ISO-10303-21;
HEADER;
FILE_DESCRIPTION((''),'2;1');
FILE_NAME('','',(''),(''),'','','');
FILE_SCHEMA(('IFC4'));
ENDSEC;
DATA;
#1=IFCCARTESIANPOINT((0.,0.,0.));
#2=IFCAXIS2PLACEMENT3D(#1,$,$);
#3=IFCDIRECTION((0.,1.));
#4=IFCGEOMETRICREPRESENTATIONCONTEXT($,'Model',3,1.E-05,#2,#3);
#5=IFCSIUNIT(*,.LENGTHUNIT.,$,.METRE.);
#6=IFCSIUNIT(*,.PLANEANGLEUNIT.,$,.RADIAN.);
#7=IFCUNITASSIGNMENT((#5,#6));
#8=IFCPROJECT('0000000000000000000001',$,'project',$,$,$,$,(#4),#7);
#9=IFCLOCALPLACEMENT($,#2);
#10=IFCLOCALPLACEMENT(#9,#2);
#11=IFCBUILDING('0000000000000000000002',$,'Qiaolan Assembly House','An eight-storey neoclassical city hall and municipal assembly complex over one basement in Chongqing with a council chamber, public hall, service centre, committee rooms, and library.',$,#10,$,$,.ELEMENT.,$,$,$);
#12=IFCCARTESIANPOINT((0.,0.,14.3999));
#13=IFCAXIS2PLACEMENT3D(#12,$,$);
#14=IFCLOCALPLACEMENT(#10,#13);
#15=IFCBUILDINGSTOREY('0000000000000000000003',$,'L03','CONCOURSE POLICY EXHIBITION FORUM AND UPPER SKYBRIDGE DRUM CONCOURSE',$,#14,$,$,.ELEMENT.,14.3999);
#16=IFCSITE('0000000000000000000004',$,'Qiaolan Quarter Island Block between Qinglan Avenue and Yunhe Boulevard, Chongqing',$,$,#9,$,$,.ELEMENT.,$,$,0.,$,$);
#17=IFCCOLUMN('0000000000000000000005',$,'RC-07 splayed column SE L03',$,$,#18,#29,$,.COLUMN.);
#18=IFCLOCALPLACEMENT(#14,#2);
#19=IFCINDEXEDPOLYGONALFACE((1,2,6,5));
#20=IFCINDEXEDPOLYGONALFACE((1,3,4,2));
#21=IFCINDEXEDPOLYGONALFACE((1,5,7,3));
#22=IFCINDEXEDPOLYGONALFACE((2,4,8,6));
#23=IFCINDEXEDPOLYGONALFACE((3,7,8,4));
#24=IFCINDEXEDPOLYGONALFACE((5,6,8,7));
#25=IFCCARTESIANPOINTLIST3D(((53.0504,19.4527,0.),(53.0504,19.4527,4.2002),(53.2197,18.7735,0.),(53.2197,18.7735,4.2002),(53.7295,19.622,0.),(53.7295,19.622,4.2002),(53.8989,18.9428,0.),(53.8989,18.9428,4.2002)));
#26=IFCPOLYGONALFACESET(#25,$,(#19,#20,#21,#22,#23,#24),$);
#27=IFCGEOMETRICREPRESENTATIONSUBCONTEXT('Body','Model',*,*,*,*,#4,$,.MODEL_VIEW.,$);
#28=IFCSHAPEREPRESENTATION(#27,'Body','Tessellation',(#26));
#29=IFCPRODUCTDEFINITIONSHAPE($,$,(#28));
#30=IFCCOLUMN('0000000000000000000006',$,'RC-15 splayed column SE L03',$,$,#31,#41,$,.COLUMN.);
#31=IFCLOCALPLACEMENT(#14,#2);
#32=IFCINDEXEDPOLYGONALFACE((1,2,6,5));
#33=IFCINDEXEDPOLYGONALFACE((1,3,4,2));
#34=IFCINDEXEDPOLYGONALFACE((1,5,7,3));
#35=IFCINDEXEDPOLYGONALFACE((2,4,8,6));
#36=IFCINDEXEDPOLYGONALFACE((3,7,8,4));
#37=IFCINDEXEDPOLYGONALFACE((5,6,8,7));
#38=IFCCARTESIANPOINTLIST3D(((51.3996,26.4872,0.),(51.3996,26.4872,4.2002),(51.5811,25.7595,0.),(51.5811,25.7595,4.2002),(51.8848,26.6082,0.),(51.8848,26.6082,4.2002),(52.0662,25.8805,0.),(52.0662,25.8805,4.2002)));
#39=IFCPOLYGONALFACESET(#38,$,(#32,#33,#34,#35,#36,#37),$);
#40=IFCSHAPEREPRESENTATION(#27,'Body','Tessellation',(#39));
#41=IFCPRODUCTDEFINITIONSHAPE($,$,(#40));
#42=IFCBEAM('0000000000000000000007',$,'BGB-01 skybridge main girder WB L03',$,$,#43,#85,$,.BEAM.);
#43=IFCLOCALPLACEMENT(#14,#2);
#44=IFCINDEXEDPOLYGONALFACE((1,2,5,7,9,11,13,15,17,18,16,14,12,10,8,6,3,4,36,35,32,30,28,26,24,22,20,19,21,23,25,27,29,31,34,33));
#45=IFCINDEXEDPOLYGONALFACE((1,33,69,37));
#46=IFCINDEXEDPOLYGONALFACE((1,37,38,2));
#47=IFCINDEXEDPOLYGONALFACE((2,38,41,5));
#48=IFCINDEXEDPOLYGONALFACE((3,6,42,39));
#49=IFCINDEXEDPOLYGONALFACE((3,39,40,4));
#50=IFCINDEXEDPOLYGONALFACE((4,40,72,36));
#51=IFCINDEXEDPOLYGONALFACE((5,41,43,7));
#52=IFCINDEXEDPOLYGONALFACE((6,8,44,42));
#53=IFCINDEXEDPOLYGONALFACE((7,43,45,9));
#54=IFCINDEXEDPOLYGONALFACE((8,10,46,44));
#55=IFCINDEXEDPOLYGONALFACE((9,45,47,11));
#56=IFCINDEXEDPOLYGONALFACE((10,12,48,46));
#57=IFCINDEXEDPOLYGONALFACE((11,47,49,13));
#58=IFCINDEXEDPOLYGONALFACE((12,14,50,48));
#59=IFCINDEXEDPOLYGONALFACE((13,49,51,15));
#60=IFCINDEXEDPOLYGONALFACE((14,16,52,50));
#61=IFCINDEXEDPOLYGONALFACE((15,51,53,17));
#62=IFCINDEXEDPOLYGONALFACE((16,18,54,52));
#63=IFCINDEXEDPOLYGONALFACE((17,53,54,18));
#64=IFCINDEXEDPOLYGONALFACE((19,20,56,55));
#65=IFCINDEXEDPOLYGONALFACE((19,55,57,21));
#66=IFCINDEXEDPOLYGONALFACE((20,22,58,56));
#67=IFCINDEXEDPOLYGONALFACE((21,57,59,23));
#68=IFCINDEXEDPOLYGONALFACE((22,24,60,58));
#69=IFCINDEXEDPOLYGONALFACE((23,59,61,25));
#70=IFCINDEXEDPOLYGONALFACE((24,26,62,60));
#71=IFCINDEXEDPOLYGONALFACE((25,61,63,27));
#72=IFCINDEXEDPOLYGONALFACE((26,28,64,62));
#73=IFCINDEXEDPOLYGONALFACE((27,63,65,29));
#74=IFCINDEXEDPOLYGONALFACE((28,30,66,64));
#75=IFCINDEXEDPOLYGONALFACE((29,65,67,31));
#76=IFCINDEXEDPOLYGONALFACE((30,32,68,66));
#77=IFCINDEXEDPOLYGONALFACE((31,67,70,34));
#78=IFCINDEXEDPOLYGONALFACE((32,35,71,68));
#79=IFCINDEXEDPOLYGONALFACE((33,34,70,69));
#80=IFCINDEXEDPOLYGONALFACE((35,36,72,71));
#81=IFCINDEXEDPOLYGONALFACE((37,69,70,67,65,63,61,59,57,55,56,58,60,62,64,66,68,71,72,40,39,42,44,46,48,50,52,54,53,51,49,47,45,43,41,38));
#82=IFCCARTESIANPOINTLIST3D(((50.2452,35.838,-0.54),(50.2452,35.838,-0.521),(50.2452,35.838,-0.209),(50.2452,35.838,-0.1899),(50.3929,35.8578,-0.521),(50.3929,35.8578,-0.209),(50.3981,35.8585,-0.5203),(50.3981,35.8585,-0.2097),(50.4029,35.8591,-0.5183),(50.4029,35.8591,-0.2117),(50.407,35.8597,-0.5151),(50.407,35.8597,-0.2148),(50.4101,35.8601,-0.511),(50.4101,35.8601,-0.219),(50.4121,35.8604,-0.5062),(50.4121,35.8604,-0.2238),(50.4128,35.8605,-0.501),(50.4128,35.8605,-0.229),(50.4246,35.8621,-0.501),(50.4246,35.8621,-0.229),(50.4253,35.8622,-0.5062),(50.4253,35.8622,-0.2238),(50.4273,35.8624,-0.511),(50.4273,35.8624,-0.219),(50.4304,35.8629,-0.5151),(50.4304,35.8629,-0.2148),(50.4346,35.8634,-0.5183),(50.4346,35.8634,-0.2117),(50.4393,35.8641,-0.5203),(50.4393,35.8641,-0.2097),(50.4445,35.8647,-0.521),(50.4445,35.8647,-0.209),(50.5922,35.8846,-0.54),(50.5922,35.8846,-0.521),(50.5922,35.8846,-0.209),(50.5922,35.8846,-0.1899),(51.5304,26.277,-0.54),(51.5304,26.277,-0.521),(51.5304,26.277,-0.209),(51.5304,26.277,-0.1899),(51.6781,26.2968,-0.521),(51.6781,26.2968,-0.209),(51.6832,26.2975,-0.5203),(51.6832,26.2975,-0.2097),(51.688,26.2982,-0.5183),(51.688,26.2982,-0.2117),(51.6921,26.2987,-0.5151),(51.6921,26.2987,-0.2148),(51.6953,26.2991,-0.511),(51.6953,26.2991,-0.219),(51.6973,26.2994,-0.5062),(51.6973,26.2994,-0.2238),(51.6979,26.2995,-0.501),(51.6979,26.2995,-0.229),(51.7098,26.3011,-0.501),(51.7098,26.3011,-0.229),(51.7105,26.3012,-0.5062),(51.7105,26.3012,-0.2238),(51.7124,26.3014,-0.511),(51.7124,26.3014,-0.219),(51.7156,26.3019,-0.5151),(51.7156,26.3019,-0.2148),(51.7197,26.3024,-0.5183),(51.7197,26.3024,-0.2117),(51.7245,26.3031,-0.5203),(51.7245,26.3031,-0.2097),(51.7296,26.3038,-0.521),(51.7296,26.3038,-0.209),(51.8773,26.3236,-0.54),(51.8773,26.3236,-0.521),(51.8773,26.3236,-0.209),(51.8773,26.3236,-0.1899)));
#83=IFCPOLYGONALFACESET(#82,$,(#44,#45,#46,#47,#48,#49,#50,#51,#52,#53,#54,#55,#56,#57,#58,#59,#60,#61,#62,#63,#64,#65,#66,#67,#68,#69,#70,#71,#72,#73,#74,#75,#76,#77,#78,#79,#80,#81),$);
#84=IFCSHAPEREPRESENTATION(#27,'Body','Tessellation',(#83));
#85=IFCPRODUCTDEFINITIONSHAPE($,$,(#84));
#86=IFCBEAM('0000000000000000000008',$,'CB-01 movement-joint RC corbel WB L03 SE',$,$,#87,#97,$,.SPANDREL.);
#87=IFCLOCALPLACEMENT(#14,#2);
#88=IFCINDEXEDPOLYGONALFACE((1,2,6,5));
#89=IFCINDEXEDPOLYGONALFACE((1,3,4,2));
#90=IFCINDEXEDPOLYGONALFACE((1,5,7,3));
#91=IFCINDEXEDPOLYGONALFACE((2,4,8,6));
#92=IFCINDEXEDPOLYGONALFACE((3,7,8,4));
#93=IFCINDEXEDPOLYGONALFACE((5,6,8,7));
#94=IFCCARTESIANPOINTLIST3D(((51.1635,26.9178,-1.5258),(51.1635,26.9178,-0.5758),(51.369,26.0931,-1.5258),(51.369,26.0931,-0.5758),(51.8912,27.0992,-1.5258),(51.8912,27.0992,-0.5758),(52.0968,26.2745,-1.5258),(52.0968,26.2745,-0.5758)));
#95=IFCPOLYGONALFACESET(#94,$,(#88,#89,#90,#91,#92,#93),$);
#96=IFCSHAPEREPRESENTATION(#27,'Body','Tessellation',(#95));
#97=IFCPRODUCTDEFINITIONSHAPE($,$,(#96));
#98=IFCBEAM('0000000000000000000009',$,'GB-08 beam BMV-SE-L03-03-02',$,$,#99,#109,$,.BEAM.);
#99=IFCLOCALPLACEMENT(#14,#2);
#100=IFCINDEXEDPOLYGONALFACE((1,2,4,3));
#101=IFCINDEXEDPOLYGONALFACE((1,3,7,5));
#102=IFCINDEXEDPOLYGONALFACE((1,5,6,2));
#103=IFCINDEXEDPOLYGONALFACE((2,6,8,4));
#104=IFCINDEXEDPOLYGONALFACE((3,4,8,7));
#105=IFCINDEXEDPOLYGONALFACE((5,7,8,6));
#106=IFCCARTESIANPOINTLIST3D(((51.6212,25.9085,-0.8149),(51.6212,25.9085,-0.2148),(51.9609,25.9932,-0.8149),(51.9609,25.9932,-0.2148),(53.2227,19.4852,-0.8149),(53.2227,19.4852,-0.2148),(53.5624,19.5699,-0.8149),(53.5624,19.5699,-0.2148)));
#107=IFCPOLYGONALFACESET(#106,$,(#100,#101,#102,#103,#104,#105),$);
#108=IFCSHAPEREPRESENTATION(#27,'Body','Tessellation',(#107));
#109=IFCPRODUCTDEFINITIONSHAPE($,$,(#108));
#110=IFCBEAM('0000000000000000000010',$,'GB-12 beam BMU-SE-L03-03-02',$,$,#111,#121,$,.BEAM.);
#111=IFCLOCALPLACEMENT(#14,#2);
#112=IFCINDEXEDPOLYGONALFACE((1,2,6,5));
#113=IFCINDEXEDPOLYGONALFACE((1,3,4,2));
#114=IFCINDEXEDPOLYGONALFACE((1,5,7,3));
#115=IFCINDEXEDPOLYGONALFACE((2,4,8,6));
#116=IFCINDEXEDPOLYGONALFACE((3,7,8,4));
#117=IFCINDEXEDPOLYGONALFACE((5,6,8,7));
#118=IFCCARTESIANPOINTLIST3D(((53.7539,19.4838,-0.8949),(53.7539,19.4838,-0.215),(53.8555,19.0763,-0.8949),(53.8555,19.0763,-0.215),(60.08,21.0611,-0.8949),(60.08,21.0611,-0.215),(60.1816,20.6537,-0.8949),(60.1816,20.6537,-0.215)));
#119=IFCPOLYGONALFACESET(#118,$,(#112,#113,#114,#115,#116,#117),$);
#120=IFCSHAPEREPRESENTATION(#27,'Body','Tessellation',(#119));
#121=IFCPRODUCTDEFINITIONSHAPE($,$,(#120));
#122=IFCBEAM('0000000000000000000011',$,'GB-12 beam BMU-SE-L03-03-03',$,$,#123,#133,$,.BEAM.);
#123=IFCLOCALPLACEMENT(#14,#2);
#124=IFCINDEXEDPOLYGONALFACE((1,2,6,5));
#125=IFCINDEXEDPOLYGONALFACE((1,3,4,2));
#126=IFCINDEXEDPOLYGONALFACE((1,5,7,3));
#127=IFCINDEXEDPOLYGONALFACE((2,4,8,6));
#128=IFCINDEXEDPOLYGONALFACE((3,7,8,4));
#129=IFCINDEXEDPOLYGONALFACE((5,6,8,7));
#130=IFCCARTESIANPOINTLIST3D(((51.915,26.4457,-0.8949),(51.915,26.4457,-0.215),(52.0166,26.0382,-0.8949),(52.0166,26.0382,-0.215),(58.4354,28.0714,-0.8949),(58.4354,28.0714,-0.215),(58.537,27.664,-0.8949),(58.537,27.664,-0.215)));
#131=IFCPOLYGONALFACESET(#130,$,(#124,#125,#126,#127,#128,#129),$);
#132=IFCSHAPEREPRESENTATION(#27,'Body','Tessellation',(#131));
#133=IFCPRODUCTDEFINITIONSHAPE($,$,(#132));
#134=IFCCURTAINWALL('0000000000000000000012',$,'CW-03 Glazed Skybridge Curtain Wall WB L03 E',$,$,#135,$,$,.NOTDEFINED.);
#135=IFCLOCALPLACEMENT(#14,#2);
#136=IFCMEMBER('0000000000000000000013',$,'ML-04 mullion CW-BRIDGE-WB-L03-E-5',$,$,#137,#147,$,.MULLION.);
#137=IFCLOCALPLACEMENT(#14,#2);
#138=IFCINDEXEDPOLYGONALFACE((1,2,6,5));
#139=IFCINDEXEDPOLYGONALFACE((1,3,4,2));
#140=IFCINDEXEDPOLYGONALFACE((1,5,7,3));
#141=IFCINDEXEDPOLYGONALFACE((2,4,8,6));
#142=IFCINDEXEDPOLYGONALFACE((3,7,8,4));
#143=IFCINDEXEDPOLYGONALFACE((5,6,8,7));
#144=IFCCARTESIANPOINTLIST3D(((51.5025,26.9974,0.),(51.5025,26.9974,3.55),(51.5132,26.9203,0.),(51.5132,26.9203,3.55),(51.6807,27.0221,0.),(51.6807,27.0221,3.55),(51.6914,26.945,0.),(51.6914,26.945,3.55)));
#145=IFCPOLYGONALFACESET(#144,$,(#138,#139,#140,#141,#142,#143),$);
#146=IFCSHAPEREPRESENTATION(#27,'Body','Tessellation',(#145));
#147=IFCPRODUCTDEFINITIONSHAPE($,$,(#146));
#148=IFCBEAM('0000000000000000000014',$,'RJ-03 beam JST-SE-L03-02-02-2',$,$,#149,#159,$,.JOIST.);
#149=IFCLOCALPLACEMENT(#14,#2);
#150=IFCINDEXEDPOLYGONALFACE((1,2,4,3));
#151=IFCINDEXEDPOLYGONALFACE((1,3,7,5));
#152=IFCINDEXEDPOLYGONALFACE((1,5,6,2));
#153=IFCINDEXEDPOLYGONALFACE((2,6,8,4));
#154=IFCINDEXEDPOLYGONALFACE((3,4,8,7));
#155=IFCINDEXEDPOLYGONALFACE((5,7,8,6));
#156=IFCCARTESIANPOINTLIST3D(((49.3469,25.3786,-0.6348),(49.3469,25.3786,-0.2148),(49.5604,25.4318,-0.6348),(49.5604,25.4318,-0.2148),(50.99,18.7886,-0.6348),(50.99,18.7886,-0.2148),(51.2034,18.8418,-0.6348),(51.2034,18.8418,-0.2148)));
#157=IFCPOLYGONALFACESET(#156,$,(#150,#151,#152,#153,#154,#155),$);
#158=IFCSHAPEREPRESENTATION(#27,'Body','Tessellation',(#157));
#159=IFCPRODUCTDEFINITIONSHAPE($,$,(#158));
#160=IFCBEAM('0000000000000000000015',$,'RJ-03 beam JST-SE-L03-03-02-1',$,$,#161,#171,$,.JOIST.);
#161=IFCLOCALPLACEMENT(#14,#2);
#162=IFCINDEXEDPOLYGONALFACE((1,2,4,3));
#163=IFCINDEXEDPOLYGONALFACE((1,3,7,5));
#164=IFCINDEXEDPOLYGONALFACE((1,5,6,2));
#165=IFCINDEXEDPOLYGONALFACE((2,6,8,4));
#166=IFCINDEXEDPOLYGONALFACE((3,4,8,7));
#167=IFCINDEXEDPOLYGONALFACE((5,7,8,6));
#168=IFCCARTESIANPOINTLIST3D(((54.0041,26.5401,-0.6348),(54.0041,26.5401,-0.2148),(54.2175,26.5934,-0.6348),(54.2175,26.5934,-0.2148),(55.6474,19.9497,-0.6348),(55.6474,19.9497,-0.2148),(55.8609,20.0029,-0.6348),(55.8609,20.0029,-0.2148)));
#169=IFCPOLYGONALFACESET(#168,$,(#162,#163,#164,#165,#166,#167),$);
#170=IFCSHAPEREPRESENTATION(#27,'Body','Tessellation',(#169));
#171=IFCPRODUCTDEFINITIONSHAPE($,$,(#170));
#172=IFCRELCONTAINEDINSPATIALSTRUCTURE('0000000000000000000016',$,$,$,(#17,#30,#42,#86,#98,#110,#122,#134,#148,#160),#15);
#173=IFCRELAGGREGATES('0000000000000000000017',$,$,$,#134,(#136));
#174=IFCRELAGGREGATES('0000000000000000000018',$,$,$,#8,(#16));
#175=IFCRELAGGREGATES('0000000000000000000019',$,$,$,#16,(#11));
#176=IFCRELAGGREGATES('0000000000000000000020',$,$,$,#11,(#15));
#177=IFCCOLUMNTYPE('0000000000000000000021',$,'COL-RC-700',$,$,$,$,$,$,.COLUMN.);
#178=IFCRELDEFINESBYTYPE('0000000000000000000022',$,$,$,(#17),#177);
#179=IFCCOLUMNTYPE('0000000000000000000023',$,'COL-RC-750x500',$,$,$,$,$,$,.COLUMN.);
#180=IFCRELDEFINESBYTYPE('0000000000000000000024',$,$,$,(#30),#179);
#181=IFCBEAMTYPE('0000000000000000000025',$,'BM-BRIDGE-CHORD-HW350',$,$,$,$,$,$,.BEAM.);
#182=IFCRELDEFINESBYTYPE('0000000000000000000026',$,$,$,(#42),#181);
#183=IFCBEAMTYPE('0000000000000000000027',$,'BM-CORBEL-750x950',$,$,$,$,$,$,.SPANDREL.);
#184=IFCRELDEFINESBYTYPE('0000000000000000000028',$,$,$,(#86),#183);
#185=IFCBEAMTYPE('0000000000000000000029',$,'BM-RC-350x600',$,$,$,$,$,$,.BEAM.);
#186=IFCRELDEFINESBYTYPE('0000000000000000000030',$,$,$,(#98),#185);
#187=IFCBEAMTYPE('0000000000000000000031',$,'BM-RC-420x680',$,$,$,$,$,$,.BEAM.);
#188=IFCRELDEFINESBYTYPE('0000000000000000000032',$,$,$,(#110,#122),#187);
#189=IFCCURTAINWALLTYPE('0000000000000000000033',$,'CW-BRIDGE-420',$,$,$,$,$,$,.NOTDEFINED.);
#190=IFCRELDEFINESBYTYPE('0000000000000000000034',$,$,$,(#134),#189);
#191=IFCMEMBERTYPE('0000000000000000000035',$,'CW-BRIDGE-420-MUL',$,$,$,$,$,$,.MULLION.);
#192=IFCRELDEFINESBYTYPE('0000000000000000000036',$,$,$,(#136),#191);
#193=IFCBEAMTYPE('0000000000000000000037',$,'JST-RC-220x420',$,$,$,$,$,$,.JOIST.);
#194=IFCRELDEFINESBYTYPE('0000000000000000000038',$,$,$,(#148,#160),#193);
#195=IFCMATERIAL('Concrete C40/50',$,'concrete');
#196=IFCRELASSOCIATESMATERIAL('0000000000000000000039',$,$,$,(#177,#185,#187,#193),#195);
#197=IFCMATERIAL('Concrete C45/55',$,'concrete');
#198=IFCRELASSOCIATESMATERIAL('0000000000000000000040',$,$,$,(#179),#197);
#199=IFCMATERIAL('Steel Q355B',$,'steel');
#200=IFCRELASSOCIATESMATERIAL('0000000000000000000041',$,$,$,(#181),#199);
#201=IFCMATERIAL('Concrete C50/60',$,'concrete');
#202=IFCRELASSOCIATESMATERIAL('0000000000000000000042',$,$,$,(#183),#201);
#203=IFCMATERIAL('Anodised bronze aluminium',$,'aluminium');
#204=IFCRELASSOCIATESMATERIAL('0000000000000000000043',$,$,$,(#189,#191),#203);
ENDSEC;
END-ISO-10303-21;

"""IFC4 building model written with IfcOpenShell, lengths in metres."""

from ifc_helpers import new_model, si_unit, direction, frame, origin, origin_2d, place, context, subcontext, project, spatial, rectangle, i_section, extrude, material, material_profile, profile_set, type_object, element, aggregate, save


model = new_model("IFC4")

# Units and contexts
model_context = context("Model", 3, precision=1e-05, world=origin(), true_north=direction((0.0, 1.0)))
body_context = subcontext(model_context, "Body", "Model", "MODEL_VIEW")
ifc_project = project(units=[si_unit("LENGTHUNIT", "METRE"), si_unit("PLANEANGLEUNIT", "RADIAN")], contexts=[model_context])

# Site, building, storey
site_placement = place(None, origin())
site = spatial("IfcSite", under=ifc_project, at=site_placement, Name="Qiaolan Quarter Island Block between Qinglan Avenue and Yunhe Boulevard, Chongqing", CompositionType="ELEMENT", RefElevation=0.0)
building_placement = place(site_placement, origin())
building = spatial("IfcBuilding", under=site, at=building_placement, Name="Qiaolan Assembly House", Description="An eight-storey neoclassical city hall and municipal assembly complex over one basement in Chongqing with a council chamber, public hall, service centre, committee rooms, and library.", CompositionType="ELEMENT")
storey_placement = place(building_placement, frame((0.0, 0.0, 14.3999)))
storey = spatial("IfcBuildingStorey", under=building, at=storey_placement, Name="L03", Description="CONCOURSE POLICY EXHIBITION FORUM AND UPPER SKYBRIDGE DRUM CONCOURSE", CompositionType="ELEMENT", Elevation=14.3999)

# Columns
ifc_material_1 = material(Name="Concrete C40/50", Category="concrete")
ifc_material_profile_1 = material_profile(ifc_material_1, rectangle(XDim=0.7, YDim=0.7, at=origin_2d()), Name="RC 700x700")
ifc_profile_set_1 = profile_set([ifc_material_profile_1], Name="Concrete C40/50")
column_type_1 = type_object("IfcColumnType", Name="COL-RC-700", PredefinedType="COLUMN", material=ifc_profile_set_1)
column_1_placement = place(storey_placement, frame((53.4746, 19.1978, 0.0), z_axis=(0.0, 0.0, 1.0), x_axis=(0.970296, 0.241922, 0.0)))
element("IfcColumn", 1, at=column_1_placement, inside=storey, type_object=column_type_1, Name="RC-07 splayed column SE L03", PredefinedType="COLUMN", context=body_context, shape_type="SweptSolid", body=[
    extrude(rectangle(XDim=0.7, YDim=0.7, at=origin_2d()), origin(), (0.0, 0.0, 1.0), 4.2002),
])
ifc_material_2 = material(Name="Concrete C45/55", Category="concrete")
ifc_material_profile_2 = material_profile(ifc_material_2, rectangle(XDim=0.5, YDim=0.75, at=origin_2d()), Name="RC 750x500")
ifc_profile_set_2 = profile_set([ifc_material_profile_2], Name="Concrete C45/55")
column_type_2 = type_object("IfcColumnType", Name="COL-RC-750x500", PredefinedType="COLUMN", material=ifc_profile_set_2)
column_2_placement = place(storey_placement, frame((51.7329, 26.1838, 0.0), z_axis=(0.0, 0.0, 1.0), x_axis=(0.970296, 0.241922, 0.0)))
element("IfcColumn", 2, at=column_2_placement, inside=storey, type_object=column_type_2, Name="RC-15 splayed column SE L03", PredefinedType="COLUMN", context=body_context, shape_type="SweptSolid", body=[
    extrude(rectangle(XDim=0.5, YDim=0.75, at=origin_2d()), origin(), (0.0, 0.0, 1.0), 4.2002),
])

# Beams
ifc_material_3 = material(Name="Steel Q355B", Category="steel")
ifc_material_profile_3 = material_profile(ifc_material_3, i_section(OverallWidth=0.3501, OverallDepth=0.3501, WebThickness=0.012, FlangeThickness=0.019, FilletRadius=0.02, at=origin_2d()), Name="HW 350x350x12x19-BR")
ifc_profile_set_3 = profile_set([ifc_material_profile_3], Name="Steel Q355B")
beam_type_1 = type_object("IfcBeamType", Name="BM-BRIDGE-CHORD-HW350", PredefinedType="BEAM", material=ifc_profile_set_3)
beam_1_placement = place(storey_placement, frame((51.7039, 26.3003, -0.365), z_axis=(-0.133218, 0.991087, 0.0), x_axis=(-0.991087, -0.133218, 0.0)))
element("IfcBeam", 3, at=beam_1_placement, inside=storey, type_object=beam_type_1, Name="BGB-01 skybridge main girder WB L03", PredefinedType="BEAM", context=body_context, shape_type="SweptSolid", body=[
    extrude(i_section(OverallWidth=0.3501, OverallDepth=0.3501, WebThickness=0.012, FlangeThickness=0.019, FilletRadius=0.02, at=origin_2d()), origin(), (0.0, 0.0, 1.0), 9.647),
])
ifc_material_4 = material(Name="Concrete C50/60", Category="concrete")
ifc_material_profile_4 = material_profile(ifc_material_4, rectangle(XDim=0.75, YDim=0.95, at=origin_2d()), Name="RCB 750x950")
ifc_profile_set_4 = profile_set([ifc_material_profile_4], Name="Concrete C50/60")
beam_type_2 = type_object("IfcBeamType", Name="BM-CORBEL-750x950", PredefinedType="SPANDREL", material=ifc_profile_set_4)
beam_2_placement = place(storey_placement, frame((51.7329, 26.1838, -1.0508), z_axis=(-0.24186, 0.970311, 0.0), x_axis=(-0.970311, -0.24186, 0.0)))
element("IfcBeam", 4, at=beam_2_placement, inside=storey, type_object=beam_type_2, Name="CB-01 movement-joint RC corbel WB L03 SE", PredefinedType="SPANDREL", context=body_context, shape_type="SweptSolid", body=[
    extrude(rectangle(XDim=0.75, YDim=0.95, at=origin_2d()), origin(), (0.0, 0.0, 1.0), 0.8499),
])
ifc_material_profile_5 = material_profile(ifc_material_1, rectangle(XDim=0.3501, YDim=0.6001, at=origin_2d()), Name="RCB 350x600")
ifc_profile_set_5 = profile_set([ifc_material_profile_5], Name="Concrete C40/50")
beam_type_3 = type_object("IfcBeamType", Name="BM-RC-350x600", PredefinedType="BEAM", material=ifc_profile_set_5)
beam_3_placement = place(storey_placement, frame((53.3926, 19.5276, -0.5149), z_axis=(-0.241928, 0.970294, 0.0), x_axis=(-0.970294, -0.241928, 0.0)))
element("IfcBeam", 5, at=beam_3_placement, inside=storey, type_object=beam_type_3, Name="GB-08 beam BMV-SE-L03-03-02", PredefinedType="BEAM", context=body_context, shape_type="SweptSolid", body=[
    extrude(rectangle(XDim=0.3501, YDim=0.6001, at=origin_2d()), origin(), (0.0, 0.0, 1.0), 6.6199),
])
ifc_material_profile_6 = material_profile(ifc_material_1, rectangle(XDim=0.4199, YDim=0.6799, at=origin_2d()), Name="RCB 420x680")
ifc_profile_set_6 = profile_set([ifc_material_profile_6], Name="Concrete C40/50")
beam_type_4 = type_object("IfcBeamType", Name="BM-RC-420x680", PredefinedType="BEAM", material=ifc_profile_set_6)
beam_4_placement = place(storey_placement, frame((53.8047, 19.28, -0.5549), z_axis=(0.970292, 0.241936, 0.0), x_axis=(-0.241936, 0.970292, 0.0)))
element("IfcBeam", 6, at=beam_4_placement, inside=storey, type_object=beam_type_4, Name="GB-12 beam BMU-SE-L03-03-02", PredefinedType="BEAM", context=body_context, shape_type="SweptSolid", body=[
    extrude(rectangle(XDim=0.4199, YDim=0.6799, at=origin_2d()), origin(), (0.0, 0.0, 1.0), 6.5198),
])
beam_5_placement = place(storey_placement, frame((51.9658, 26.2419, -0.5549), z_axis=(0.970294, 0.241929, 0.0), x_axis=(-0.241929, 0.970294, 0.0)))
element("IfcBeam", 7, at=beam_5_placement, inside=storey, type_object=beam_type_4, Name="GB-12 beam BMU-SE-L03-03-03", PredefinedType="BEAM", context=body_context, shape_type="SweptSolid", body=[
    extrude(rectangle(XDim=0.4199, YDim=0.6799, at=origin_2d()), origin(), (0.0, 0.0, 1.0), 6.72),
])

# Curtain wall, member
ifc_material_5 = material(Name="Anodised bronze aluminium", Category="aluminium")
curtain_wall_type = type_object("IfcCurtainWallType", Name="CW-BRIDGE-420", PredefinedType="NOTDEFINED", material=ifc_material_5)
curtain_wall_placement = place(storey_placement, origin())
curtain_wall = element("IfcCurtainWall", 8, at=curtain_wall_placement, inside=storey, type_object=curtain_wall_type, Name="CW-03 Glazed Skybridge Curtain Wall WB L03 E", PredefinedType="NOTDEFINED")
ifc_material_profile_7 = material_profile(ifc_material_5, rectangle(XDim=0.0779, YDim=0.1799, at=origin_2d()), Name="MUL 78x180")
ifc_profile_set_7 = profile_set([ifc_material_profile_7], Name="Anodised bronze aluminium")
member_type_1 = type_object("IfcMemberType", Name="CW-BRIDGE-420-MUL", PredefinedType="MULLION", material=ifc_profile_set_7)
member_1_placement = place(storey_placement, frame((51.5969, 26.9712, 0.0), z_axis=(0.0, 0.0, 1.0), x_axis=(0.137388, -0.990517, 0.0)))
member_1 = element("IfcMember", 9, at=member_1_placement, type_object=member_type_1, Name="ML-04 mullion CW-BRIDGE-WB-L03-E-5", PredefinedType="MULLION", context=body_context, shape_type="SweptSolid", body=[
    extrude(rectangle(XDim=0.0779, YDim=0.1799, at=origin_2d()), origin(), (0.0, 0.0, 1.0), 3.55),
])
aggregate(curtain_wall, [member_1])

# Beams
ifc_material_profile_8 = material_profile(ifc_material_1, rectangle(XDim=0.22, YDim=0.4199, at=origin_2d()), Name="RCB 220x420")
ifc_profile_set_8 = profile_set([ifc_material_profile_8], Name="Concrete C40/50")
beam_type_5 = type_object("IfcBeamType", Name="JST-RC-220x420", PredefinedType="JOIST", material=ifc_profile_set_8)
beam_6_placement = place(storey_placement, frame((51.0967, 18.8152, -0.4248), z_axis=(-0.241918, 0.970297, 0.0), x_axis=(-0.970297, -0.241918, 0.0)))
element("IfcBeam", 10, at=beam_6_placement, inside=storey, type_object=beam_type_5, Name="RJ-03 beam JST-SE-L03-02-02-2", PredefinedType="JOIST", context=body_context, shape_type="SweptSolid", body=[
    extrude(rectangle(XDim=0.22, YDim=0.4199, at=origin_2d()), origin(), (0.0, 0.0, 1.0), 6.7917),
])
beam_7_placement = place(storey_placement, frame((55.7542, 19.9763, -0.4248), z_axis=(-0.241944, 0.97029, 0.0), x_axis=(-0.97029, -0.241944, 0.0)))
element("IfcBeam", 11, at=beam_7_placement, inside=storey, type_object=beam_type_5, Name="RJ-03 beam JST-SE-L03-03-02-1", PredefinedType="JOIST", context=body_context, shape_type="SweptSolid", body=[
    extrude(rectangle(XDim=0.22, YDim=0.4199, at=origin_2d()), origin(), (0.0, 0.0, 1.0), 6.7922),
])

save(model, "model.ifc")
